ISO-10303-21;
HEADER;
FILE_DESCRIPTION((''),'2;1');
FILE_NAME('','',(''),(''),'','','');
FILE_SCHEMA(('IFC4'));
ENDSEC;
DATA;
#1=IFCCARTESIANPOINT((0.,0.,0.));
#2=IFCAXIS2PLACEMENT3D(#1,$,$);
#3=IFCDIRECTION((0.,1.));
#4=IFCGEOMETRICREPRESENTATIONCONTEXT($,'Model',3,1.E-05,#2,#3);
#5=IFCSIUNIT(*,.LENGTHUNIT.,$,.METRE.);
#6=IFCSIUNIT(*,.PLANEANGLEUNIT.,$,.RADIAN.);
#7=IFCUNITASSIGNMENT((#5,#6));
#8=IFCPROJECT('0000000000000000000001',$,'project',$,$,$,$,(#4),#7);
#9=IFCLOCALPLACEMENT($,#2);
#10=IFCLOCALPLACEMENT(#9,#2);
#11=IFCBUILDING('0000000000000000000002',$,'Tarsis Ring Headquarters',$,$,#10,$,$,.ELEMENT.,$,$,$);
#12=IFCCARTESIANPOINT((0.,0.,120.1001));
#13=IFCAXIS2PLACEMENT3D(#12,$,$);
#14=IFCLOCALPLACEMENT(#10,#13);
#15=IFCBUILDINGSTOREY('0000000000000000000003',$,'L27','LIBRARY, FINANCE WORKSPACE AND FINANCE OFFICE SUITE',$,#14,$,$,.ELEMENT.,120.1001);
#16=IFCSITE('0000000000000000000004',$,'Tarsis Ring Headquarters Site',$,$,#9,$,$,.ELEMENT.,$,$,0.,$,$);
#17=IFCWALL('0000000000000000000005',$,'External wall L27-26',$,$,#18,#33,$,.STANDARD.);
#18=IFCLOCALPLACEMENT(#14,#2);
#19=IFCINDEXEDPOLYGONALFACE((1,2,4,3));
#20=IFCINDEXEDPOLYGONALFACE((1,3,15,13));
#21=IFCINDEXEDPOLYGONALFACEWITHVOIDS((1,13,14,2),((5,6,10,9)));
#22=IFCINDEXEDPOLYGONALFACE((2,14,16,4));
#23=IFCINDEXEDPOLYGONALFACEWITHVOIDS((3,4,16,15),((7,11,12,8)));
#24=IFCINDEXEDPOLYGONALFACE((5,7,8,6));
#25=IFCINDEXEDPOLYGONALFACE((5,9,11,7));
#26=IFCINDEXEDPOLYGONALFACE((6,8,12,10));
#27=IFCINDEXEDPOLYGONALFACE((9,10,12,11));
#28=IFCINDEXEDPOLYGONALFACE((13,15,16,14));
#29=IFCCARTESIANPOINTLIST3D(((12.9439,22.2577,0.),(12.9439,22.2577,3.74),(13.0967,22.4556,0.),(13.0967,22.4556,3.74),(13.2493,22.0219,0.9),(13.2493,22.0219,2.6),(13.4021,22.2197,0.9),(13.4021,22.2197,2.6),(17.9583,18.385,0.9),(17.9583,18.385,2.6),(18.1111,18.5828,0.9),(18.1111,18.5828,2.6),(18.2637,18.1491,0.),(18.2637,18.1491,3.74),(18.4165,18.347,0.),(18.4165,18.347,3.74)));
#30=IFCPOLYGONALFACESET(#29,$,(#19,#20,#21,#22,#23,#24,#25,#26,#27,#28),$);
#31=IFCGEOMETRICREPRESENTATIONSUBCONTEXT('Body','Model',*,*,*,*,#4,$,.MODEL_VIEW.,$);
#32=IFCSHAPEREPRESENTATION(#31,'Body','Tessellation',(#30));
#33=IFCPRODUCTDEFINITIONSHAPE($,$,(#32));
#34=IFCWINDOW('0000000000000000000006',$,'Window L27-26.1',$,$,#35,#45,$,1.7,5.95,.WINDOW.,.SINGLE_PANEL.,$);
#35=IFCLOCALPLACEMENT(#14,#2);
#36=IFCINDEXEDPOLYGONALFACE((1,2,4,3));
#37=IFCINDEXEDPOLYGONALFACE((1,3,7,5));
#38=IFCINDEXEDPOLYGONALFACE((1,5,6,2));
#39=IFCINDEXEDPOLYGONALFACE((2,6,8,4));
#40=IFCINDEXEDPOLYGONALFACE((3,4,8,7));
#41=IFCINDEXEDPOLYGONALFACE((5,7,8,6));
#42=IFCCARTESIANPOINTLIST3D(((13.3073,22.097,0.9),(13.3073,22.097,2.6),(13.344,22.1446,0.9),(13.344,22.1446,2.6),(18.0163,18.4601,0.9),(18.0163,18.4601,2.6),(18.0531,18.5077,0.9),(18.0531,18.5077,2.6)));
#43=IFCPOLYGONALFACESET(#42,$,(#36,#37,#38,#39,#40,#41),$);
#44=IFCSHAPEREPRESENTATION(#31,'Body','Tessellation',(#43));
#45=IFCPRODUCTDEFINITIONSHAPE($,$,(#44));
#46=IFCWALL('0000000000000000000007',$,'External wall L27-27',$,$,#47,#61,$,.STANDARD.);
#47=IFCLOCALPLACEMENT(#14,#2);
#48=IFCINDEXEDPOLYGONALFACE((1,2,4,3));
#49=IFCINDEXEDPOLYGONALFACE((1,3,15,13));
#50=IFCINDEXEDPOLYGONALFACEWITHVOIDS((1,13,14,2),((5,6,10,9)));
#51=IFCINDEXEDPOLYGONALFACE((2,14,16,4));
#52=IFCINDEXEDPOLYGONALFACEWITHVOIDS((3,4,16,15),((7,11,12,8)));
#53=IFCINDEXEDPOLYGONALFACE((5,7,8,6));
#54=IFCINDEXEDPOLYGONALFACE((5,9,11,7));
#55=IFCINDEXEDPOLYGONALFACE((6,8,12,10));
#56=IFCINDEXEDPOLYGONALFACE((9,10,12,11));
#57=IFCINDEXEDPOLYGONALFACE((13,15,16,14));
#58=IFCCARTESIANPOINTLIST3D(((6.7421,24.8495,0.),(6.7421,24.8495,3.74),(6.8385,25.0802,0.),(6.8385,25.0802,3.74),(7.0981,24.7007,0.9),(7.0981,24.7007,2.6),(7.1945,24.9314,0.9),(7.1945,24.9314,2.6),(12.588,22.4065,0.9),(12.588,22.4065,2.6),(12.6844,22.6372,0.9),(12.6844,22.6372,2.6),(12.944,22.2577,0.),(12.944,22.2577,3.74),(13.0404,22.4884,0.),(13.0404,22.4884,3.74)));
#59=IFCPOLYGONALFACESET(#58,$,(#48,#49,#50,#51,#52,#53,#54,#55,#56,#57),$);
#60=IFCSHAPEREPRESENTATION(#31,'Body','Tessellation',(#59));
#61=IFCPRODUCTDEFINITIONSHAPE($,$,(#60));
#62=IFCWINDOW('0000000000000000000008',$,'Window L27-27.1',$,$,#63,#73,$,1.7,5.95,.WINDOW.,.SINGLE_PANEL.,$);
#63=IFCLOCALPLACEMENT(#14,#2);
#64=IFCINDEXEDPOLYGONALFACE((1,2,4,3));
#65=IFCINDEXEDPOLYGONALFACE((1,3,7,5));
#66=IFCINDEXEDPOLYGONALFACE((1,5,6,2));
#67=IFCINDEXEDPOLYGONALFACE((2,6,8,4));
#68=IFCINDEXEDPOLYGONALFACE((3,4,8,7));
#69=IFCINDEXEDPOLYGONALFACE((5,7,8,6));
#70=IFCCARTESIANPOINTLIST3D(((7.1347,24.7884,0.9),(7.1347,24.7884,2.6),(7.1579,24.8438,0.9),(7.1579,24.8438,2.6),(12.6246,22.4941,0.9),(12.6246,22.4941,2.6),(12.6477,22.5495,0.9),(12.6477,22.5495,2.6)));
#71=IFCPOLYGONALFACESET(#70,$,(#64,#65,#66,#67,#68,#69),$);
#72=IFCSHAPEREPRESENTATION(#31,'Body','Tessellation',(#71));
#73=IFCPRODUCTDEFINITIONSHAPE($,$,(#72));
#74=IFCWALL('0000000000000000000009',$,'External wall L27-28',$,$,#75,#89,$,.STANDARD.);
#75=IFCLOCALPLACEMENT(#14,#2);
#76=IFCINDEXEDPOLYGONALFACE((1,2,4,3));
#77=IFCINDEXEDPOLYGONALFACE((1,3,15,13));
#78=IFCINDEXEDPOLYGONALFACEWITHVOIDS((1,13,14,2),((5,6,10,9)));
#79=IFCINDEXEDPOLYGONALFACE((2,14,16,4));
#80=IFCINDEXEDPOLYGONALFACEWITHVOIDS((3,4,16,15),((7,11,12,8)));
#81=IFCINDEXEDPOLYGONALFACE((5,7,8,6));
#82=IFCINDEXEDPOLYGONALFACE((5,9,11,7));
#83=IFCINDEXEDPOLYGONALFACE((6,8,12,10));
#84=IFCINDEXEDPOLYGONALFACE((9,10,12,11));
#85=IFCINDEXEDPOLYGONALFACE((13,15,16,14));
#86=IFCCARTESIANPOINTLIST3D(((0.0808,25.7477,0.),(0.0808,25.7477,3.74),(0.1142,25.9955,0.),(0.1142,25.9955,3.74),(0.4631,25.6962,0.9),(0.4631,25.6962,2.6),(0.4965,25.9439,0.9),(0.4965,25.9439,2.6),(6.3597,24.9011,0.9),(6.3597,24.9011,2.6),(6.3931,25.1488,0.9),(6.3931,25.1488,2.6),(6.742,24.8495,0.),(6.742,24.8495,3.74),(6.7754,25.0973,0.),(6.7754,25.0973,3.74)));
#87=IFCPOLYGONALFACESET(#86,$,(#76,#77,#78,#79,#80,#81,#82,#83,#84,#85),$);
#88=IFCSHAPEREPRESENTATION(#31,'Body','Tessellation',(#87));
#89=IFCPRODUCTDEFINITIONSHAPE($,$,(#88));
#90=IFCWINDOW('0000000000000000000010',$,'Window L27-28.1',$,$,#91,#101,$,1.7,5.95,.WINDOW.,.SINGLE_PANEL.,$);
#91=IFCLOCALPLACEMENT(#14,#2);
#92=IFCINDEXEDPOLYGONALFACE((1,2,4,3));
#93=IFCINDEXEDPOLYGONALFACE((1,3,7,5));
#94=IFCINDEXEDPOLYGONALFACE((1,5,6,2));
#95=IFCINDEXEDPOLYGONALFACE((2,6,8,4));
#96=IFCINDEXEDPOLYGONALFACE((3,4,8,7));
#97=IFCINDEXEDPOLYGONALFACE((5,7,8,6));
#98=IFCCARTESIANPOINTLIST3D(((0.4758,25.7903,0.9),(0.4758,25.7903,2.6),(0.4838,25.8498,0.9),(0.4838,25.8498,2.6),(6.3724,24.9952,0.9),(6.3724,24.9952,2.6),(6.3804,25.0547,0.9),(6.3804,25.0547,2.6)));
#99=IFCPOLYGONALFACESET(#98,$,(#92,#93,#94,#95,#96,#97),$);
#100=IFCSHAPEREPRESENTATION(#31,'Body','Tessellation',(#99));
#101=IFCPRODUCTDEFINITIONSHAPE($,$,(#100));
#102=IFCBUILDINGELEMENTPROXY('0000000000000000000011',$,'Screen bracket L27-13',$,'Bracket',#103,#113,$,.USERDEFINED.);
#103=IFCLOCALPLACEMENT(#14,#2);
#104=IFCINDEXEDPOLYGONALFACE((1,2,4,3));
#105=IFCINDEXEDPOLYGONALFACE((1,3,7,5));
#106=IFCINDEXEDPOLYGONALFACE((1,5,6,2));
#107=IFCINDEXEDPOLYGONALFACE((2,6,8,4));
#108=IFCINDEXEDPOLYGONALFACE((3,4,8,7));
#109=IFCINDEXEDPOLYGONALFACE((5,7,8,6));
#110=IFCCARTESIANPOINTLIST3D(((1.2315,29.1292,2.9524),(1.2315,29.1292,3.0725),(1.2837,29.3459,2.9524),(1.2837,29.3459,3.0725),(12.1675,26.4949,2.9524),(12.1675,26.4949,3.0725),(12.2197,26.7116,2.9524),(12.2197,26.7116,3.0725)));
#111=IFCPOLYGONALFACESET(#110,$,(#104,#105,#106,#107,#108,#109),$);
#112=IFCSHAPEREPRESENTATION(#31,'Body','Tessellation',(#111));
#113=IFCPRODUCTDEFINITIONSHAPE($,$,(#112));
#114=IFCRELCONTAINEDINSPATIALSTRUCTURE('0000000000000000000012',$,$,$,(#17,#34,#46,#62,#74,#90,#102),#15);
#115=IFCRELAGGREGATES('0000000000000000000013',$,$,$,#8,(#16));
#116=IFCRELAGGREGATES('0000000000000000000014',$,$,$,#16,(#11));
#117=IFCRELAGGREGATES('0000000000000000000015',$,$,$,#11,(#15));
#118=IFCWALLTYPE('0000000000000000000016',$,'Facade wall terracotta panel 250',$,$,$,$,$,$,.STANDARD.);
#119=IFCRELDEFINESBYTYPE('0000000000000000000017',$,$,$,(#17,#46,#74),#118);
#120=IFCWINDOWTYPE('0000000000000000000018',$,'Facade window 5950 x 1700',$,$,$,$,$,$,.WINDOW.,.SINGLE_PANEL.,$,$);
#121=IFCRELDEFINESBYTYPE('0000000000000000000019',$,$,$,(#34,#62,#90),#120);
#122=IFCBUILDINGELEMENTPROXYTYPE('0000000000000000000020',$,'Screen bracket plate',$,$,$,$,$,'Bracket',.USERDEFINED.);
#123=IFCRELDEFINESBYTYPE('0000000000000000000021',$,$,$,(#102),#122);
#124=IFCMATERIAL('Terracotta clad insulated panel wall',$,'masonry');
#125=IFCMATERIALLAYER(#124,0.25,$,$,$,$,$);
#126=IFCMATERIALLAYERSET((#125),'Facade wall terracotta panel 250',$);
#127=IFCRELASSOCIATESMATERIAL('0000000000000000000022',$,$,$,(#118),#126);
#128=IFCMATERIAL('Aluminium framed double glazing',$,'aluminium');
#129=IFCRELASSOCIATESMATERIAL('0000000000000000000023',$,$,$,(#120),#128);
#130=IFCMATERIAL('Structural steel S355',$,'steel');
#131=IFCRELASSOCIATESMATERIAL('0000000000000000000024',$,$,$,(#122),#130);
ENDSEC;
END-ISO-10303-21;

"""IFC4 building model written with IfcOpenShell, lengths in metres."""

from ifc_helpers import new_model, si_unit, direction, frame, frame_2d, origin, origin_2d, place, context, subcontext, project, spatial, rectangle, extrude, material, layer, layer_set, type_object, element, fill, save


model = new_model("IFC4")

# Units and contexts
model_context = context("Model", 3, precision=1e-05, world=origin(), true_north=direction((0.0, 1.0)))
body_context = subcontext(model_context, "Body", "Model", "MODEL_VIEW")
ifc_project = project(units=[si_unit("LENGTHUNIT", "METRE"), si_unit("PLANEANGLEUNIT", "RADIAN")], contexts=[model_context])

# Site, building, storey
site_placement = place(None, origin())
site = spatial("IfcSite", under=ifc_project, at=site_placement, Name="Tarsis Ring Headquarters Site", CompositionType="ELEMENT", RefElevation=0.0)
building_placement = place(site_placement, origin())
building = spatial("IfcBuilding", under=site, at=building_placement, Name="Tarsis Ring Headquarters", CompositionType="ELEMENT")
storey_placement = place(building_placement, frame((0.0, 0.0, 120.1001)))
storey = spatial("IfcBuildingStorey", under=building, at=storey_placement, Name="L27", Description="LIBRARY, FINANCE WORKSPACE AND FINANCE OFFICE SUITE", CompositionType="ELEMENT", Elevation=120.1001)

# Shared definitions
ifc_material_1 = material(Name="Structural steel S355", Category="steel")

# Walls, openings, windows
ifc_material_2 = material(Name="Terracotta clad insulated panel wall", Category="masonry")
ifc_layer_1 = layer(ifc_material_2, 0.25)
ifc_layer_set_1 = layer_set([ifc_layer_1], Name="Facade wall terracotta panel 250")
wall_type_1 = type_object("IfcWallType", Name="Facade wall terracotta panel 250", PredefinedType="STANDARD", material=ifc_layer_set_1)
wall_1_placement = place(storey_placement, frame((18.3401, 18.248, 0.0), z_axis=(0.0, 0.0, 1.0), x_axis=(-0.791438, 0.611249, 0.0)))
wall_1 = element("IfcWall", 1, at=wall_1_placement, inside=storey, type_object=wall_type_1, Name="External wall L27-26", PredefinedType="STANDARD", context=body_context, shape_type="SweptSolid", body=[
    extrude(rectangle(XDim=6.7217, YDim=0.25, at=frame_2d((3.3608, 0.0))), origin(), (0.0, 0.0, 1.0), 3.74),
])
opening_1_placement = place(wall_1_placement, frame((0.3857, 0.0, 0.8999)))
opening_1 = element("IfcOpeningElement", 2, at=opening_1_placement, cuts=wall_1, PredefinedType="OPENING", context=body_context, shape_type="SweptSolid", body=[
    extrude(rectangle(XDim=5.95, YDim=1.7, at=frame_2d((2.9751, 0.8501))), frame((0.0, 0.135, 0.0), z_axis=(0.0, -1.0, 0.0), x_axis=(1.0, 0.0, 0.0)), (0.0, 0.0, 1.0), 0.27),
])
ifc_material_3 = material(Name="Aluminium framed double glazing", Category="aluminium")
window_type = type_object("IfcWindowType", Name="Facade window 5950 x 1700", PartitioningType="SINGLE_PANEL", PredefinedType="WINDOW", material=ifc_material_3)
window_1_placement = place(opening_1_placement, origin())
window_1 = element("IfcWindow", 3, at=window_1_placement, inside=storey, type_object=window_type, Name="Window L27-26.1", OverallHeight=1.7, OverallWidth=5.95, PartitioningType="SINGLE_PANEL", PredefinedType="WINDOW", context=body_context, shape_type="SweptSolid", body=[
    extrude(rectangle(XDim=5.95, YDim=1.7, at=frame_2d((2.9751, 0.8501))), frame((0.0, 0.03, 0.0), z_axis=(0.0, -1.0, 0.0), x_axis=(1.0, 0.0, 0.0)), (0.0, 0.0, 1.0), 0.0601),
])
fill(opening_1, window_1)
wall_2_placement = place(storey_placement, frame((12.9922, 22.373, 0.0), z_axis=(0.0, 0.0, 1.0), x_axis=(-0.922671, 0.385587, 0.0)))
wall_2 = element("IfcWall", 4, at=wall_2_placement, inside=storey, type_object=wall_type_1, Name="External wall L27-27", PredefinedType="STANDARD", context=body_context, shape_type="SweptSolid", body=[
    extrude(rectangle(XDim=6.7217, YDim=0.25, at=frame_2d((3.3608, 0.0))), origin(), (0.0, 0.0, 1.0), 3.74),
])
opening_2_placement = place(wall_2_placement, frame((0.3857, 0.0, 0.8999)))
opening_2 = element("IfcOpeningElement", 5, at=opening_2_placement, cuts=wall_2, PredefinedType="OPENING", context=body_context, shape_type="SweptSolid", body=[
    extrude(rectangle(XDim=5.95, YDim=1.7, at=frame_2d((2.9751, 0.8501))), frame((0.0, 0.135, 0.0), z_axis=(0.0, -1.0, 0.0), x_axis=(1.0, 0.0, 0.0)), (0.0, 0.0, 1.0), 0.27),
])
window_2_placement = place(opening_2_placement, origin())
window_2 = element("IfcWindow", 6, at=window_2_placement, inside=storey, type_object=window_type, Name="Window L27-27.1", OverallHeight=1.7, OverallWidth=5.95, PartitioningType="SINGLE_PANEL", PredefinedType="WINDOW", context=body_context, shape_type="SweptSolid", body=[
    extrude(rectangle(XDim=5.95, YDim=1.7, at=frame_2d((2.9751, 0.8501))), frame((0.0, 0.03, 0.0), z_axis=(0.0, -1.0, 0.0), x_axis=(1.0, 0.0, 0.0)), (0.0, 0.0, 1.0), 0.0601),
])
fill(opening_2, window_2)
wall_3_placement = place(storey_placement, frame((6.7588, 24.9734, 0.0), z_axis=(0.0, 0.0, 1.0), x_axis=(-0.991031, 0.133632, 0.0)))
wall_3 = element("IfcWall", 7, at=wall_3_placement, inside=storey, type_object=wall_type_1, Name="External wall L27-28", PredefinedType="STANDARD", context=body_context, shape_type="SweptSolid", body=[
    extrude(rectangle(XDim=6.7214, YDim=0.25, at=frame_2d((3.3608, 0.0))), origin(), (0.0, 0.0, 1.0), 3.74),
])
opening_3_placement = place(wall_3_placement, frame((0.3857, 0.0, 0.8999)))
opening_3 = element("IfcOpeningElement", 8, at=opening_3_placement, cuts=wall_3, PredefinedType="OPENING", context=body_context, shape_type="SweptSolid", body=[
    extrude(rectangle(XDim=5.95, YDim=1.7, at=frame_2d((2.9751, 0.8501))), frame((0.0, 0.135, 0.0), z_axis=(0.0, -1.0, 0.0), x_axis=(1.0, 0.0, 0.0)), (0.0, 0.0, 1.0), 0.27),
])
window_3_placement = place(opening_3_placement, origin())
window_3 = element("IfcWindow", 9, at=window_3_placement, inside=storey, type_object=window_type, Name="Window L27-28.1", OverallHeight=1.7, OverallWidth=5.95, PartitioningType="SINGLE_PANEL", PredefinedType="WINDOW", context=body_context, shape_type="SweptSolid", body=[
    extrude(rectangle(XDim=5.95, YDim=1.7, at=frame_2d((2.9751, 0.8501))), frame((0.0, 0.03, 0.0), z_axis=(0.0, -1.0, 0.0), x_axis=(1.0, 0.0, 0.0)), (0.0, 0.0, 1.0), 0.0601),
])
fill(opening_3, window_3)

# Building element proxy
building_element_proxy_type = type_object("IfcBuildingElementProxyType", Name="Screen bracket plate", ElementType="Bracket", PredefinedType="USERDEFINED", material=ifc_material_1)
proxy_placement = place(storey_placement, frame((6.7256, 27.9204, 2.9524), z_axis=(0.0, 0.0, 1.0), x_axis=(-0.972191, 0.234188, 0.0)))
element("IfcBuildingElementProxy", 10, at=proxy_placement, inside=storey, type_object=building_element_proxy_type, Name="Screen bracket L27-13", ObjectType="Bracket", PredefinedType="USERDEFINED", context=body_context, shape_type="SweptSolid", body=[
    extrude(rectangle(XDim=11.2488, YDim=0.2229, at=origin_2d()), origin(), (0.0, 0.0, 1.0), 0.1201),
])

save(model, "model.ifc")
